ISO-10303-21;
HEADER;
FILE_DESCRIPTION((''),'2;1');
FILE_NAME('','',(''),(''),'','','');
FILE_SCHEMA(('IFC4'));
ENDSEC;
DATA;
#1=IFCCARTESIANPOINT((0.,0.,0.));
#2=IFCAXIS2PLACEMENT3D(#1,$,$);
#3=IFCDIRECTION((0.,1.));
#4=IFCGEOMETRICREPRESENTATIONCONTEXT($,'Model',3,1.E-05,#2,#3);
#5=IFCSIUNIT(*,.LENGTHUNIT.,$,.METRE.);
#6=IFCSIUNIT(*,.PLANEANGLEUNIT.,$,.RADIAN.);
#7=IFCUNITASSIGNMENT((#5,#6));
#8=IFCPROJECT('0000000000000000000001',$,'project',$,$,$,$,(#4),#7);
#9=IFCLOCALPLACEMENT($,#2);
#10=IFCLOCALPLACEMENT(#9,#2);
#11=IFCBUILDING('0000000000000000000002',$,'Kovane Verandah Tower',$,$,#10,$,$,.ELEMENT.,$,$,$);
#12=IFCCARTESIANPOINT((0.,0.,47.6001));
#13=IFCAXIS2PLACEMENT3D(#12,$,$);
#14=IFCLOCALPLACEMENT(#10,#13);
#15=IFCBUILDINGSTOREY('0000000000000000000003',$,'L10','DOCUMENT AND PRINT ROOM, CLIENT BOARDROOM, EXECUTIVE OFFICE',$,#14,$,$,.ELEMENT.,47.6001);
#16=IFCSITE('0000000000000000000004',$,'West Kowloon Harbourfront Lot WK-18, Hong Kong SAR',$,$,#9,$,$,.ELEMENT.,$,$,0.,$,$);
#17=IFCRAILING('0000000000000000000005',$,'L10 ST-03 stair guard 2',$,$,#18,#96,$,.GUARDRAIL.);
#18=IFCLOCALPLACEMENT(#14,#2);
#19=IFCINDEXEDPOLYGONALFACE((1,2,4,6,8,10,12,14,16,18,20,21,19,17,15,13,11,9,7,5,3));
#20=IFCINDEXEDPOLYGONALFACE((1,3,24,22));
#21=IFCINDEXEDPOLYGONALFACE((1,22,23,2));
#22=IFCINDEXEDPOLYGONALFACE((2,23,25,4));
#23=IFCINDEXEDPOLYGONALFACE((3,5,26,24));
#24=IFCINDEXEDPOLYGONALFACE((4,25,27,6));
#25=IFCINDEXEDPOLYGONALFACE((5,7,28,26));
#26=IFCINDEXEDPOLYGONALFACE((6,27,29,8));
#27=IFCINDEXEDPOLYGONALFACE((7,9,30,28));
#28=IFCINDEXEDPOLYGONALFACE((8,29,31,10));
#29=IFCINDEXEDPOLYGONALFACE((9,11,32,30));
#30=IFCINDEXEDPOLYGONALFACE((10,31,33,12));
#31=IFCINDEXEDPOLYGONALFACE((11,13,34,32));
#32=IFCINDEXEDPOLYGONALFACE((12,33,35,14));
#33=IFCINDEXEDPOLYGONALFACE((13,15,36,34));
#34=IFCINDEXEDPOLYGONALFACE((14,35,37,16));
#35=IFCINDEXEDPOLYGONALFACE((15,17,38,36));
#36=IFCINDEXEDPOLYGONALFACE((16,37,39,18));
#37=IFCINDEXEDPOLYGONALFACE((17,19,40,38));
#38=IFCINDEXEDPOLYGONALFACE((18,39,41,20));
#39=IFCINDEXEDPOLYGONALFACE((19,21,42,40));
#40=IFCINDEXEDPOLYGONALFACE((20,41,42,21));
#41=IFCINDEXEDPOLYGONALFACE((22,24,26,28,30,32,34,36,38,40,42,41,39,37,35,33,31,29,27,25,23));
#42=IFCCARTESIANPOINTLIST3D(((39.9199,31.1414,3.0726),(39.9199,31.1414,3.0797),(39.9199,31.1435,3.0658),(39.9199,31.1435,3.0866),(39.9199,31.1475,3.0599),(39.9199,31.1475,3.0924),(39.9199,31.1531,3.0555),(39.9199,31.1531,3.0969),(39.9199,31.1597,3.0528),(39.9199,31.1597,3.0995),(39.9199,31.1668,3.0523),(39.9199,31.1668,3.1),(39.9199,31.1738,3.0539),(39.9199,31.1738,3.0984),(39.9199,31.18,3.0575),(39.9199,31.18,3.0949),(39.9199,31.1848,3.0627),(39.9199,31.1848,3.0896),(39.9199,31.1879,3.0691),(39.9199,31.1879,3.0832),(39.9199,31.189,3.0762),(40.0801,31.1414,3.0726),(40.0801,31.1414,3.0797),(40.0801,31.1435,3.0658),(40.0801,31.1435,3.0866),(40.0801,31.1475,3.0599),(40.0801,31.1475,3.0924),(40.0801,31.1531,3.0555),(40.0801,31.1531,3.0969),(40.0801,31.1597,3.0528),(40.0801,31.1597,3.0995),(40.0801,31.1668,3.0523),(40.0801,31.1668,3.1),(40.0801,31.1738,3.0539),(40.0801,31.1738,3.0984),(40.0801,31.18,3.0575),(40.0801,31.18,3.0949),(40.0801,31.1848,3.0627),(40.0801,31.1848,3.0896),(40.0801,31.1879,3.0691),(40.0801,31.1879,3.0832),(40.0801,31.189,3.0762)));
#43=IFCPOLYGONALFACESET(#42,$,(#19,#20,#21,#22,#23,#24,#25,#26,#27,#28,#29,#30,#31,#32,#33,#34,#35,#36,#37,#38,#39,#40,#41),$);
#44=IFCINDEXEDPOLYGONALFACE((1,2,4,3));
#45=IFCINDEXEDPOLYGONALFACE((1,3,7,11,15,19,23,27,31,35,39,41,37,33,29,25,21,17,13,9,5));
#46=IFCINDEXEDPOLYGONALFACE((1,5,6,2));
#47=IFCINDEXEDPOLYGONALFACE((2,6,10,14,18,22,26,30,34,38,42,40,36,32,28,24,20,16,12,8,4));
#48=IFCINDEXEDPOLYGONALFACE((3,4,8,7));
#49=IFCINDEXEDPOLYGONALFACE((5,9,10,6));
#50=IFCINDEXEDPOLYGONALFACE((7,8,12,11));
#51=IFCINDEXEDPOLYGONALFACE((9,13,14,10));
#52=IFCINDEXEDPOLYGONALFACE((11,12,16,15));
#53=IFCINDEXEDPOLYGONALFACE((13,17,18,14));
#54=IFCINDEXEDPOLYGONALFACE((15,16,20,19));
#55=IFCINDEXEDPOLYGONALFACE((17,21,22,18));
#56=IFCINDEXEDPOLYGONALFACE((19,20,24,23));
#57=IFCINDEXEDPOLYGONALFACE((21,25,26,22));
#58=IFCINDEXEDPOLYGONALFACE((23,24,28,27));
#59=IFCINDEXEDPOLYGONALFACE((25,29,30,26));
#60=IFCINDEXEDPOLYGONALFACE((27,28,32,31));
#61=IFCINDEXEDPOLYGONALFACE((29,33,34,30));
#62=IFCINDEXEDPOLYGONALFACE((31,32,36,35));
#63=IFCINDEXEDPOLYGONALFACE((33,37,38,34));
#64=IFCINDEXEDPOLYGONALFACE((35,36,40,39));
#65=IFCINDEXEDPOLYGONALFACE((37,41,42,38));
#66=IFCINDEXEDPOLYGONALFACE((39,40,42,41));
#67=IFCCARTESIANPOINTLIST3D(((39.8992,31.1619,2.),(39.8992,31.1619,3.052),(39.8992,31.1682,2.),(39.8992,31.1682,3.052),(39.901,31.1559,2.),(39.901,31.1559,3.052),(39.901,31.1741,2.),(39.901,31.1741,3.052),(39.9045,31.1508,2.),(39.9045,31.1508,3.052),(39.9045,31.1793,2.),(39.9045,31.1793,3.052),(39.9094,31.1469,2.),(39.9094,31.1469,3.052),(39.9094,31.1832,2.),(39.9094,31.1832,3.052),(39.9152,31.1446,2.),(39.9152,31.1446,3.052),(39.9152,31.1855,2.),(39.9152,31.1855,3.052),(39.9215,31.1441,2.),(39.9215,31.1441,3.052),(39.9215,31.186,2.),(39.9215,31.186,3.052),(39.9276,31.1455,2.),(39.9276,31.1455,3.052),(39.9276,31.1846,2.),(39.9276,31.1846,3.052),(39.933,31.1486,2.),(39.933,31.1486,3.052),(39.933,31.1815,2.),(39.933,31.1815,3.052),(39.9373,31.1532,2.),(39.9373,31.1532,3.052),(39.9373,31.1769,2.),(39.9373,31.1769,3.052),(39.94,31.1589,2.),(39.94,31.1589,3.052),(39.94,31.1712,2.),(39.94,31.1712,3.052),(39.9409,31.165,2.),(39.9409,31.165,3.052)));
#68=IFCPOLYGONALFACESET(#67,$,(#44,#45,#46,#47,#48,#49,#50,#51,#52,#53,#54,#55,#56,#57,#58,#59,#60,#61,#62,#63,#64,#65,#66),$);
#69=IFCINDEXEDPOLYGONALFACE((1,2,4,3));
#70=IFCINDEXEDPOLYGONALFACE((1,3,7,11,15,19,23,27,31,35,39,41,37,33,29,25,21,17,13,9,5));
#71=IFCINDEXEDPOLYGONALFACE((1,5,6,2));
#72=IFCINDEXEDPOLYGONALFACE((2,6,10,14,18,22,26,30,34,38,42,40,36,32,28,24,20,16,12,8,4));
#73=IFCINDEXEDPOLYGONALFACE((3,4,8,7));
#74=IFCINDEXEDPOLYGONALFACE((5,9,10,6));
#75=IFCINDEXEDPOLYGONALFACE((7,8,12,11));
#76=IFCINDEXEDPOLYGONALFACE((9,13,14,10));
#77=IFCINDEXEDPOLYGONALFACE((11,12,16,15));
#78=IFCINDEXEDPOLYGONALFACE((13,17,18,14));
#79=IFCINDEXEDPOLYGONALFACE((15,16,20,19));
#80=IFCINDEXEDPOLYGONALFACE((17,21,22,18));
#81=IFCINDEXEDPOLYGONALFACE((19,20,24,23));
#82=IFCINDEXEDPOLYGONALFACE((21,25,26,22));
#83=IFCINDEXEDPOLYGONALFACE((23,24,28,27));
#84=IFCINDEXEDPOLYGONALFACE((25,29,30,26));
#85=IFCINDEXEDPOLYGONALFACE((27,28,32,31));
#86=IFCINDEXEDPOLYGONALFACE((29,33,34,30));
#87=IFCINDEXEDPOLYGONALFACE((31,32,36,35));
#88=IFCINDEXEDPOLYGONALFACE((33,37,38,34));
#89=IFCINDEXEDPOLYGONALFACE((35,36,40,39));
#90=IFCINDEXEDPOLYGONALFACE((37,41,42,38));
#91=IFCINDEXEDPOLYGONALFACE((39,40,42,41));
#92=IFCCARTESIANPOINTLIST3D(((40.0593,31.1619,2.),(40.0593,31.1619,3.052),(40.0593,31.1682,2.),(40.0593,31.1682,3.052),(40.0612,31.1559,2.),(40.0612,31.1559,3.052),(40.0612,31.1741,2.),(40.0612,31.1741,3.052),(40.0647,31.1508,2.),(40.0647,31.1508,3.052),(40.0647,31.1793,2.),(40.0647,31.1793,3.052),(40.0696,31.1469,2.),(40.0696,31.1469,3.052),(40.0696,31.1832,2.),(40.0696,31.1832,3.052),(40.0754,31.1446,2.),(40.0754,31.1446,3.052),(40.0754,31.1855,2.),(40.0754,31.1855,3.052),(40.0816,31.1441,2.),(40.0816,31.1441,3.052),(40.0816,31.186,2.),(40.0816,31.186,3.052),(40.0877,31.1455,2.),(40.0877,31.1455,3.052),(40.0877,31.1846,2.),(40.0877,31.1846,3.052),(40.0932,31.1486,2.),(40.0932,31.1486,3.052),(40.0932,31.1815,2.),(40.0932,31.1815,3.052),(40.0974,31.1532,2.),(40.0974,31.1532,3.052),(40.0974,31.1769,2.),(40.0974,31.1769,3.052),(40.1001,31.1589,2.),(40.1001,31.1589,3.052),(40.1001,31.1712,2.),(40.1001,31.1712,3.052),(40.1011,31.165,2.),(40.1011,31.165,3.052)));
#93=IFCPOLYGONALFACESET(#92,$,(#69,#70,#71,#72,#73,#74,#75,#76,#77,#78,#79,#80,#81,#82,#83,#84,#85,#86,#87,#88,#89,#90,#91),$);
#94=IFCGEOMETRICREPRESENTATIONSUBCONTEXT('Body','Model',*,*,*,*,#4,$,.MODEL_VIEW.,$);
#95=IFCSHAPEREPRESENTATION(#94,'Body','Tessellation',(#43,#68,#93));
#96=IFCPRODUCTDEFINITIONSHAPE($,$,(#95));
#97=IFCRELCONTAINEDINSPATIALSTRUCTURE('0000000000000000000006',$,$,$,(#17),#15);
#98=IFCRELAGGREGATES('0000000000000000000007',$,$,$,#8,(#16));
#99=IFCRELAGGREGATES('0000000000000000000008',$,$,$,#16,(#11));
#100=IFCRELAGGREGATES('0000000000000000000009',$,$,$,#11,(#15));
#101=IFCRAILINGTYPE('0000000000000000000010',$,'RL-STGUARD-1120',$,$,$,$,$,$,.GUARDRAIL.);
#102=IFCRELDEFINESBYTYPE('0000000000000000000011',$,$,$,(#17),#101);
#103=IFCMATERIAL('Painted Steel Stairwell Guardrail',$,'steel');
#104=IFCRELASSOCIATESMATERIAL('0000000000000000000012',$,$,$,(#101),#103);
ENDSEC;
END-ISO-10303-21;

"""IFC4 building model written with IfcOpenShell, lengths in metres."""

from ifc_helpers import new_model, si_unit, direction, frame, origin, origin_2d, place, context, subcontext, project, spatial, circle, extrude, material, type_object, element, save


model = new_model("IFC4")

# Units and contexts
model_context = context("Model", 3, precision=1e-05, world=origin(), true_north=direction((0.0, 1.0)))
body_context = subcontext(model_context, "Body", "Model", "MODEL_VIEW")
ifc_project = project(units=[si_unit("LENGTHUNIT", "METRE"), si_unit("PLANEANGLEUNIT", "RADIAN")], contexts=[model_context])

# Site, building, storey
site_placement = place(None, origin())
site = spatial("IfcSite", under=ifc_project, at=site_placement, Name="West Kowloon Harbourfront Lot WK-18, Hong Kong SAR", CompositionType="ELEMENT", RefElevation=0.0)
building_placement = place(site_placement, origin())
building = spatial("IfcBuilding", under=site, at=building_placement, Name="Kovane Verandah Tower", CompositionType="ELEMENT")
storey_placement = place(building_placement, frame((0.0, 0.0, 47.6001)))
storey = spatial("IfcBuildingStorey", under=building, at=storey_placement, Name="L10", Description="DOCUMENT AND PRINT ROOM, CLIENT BOARDROOM, EXECUTIVE OFFICE", CompositionType="ELEMENT", Elevation=47.6001)

# Railing
ifc_material_1 = material(Name="Painted Steel Stairwell Guardrail", Category="steel")
railing_type = type_object("IfcRailingType", Name="RL-STGUARD-1120", PredefinedType="GUARDRAIL", material=ifc_material_1)
railing_1_placement = place(storey_placement, frame((39.9199, 31.165, 2.0)))
element("IfcRailing", 1, at=railing_1_placement, inside=storey, type_object=railing_type, Name="L10 ST-03 stair guard 2", PredefinedType="GUARDRAIL", context=body_context, shape_type="SweptSolid", body=[
    extrude(circle(Radius=0.0239, at=origin_2d()), frame((0.0, 0.0, 1.0762), z_axis=(1.0, 0.0, 0.0), x_axis=(0.0, 1.0, 0.0)), (0.0, 0.0, 1.0), 0.1602),
    extrude(circle(Radius=0.021, at=origin_2d()), origin(), (0.0, 0.0, 1.0), 1.052),
    extrude(circle(Radius=0.021, at=origin_2d()), frame((0.1602, 0.0, 0.0)), (0.0, 0.0, 1.0), 1.052),
])

save(model, "model.ifc")
